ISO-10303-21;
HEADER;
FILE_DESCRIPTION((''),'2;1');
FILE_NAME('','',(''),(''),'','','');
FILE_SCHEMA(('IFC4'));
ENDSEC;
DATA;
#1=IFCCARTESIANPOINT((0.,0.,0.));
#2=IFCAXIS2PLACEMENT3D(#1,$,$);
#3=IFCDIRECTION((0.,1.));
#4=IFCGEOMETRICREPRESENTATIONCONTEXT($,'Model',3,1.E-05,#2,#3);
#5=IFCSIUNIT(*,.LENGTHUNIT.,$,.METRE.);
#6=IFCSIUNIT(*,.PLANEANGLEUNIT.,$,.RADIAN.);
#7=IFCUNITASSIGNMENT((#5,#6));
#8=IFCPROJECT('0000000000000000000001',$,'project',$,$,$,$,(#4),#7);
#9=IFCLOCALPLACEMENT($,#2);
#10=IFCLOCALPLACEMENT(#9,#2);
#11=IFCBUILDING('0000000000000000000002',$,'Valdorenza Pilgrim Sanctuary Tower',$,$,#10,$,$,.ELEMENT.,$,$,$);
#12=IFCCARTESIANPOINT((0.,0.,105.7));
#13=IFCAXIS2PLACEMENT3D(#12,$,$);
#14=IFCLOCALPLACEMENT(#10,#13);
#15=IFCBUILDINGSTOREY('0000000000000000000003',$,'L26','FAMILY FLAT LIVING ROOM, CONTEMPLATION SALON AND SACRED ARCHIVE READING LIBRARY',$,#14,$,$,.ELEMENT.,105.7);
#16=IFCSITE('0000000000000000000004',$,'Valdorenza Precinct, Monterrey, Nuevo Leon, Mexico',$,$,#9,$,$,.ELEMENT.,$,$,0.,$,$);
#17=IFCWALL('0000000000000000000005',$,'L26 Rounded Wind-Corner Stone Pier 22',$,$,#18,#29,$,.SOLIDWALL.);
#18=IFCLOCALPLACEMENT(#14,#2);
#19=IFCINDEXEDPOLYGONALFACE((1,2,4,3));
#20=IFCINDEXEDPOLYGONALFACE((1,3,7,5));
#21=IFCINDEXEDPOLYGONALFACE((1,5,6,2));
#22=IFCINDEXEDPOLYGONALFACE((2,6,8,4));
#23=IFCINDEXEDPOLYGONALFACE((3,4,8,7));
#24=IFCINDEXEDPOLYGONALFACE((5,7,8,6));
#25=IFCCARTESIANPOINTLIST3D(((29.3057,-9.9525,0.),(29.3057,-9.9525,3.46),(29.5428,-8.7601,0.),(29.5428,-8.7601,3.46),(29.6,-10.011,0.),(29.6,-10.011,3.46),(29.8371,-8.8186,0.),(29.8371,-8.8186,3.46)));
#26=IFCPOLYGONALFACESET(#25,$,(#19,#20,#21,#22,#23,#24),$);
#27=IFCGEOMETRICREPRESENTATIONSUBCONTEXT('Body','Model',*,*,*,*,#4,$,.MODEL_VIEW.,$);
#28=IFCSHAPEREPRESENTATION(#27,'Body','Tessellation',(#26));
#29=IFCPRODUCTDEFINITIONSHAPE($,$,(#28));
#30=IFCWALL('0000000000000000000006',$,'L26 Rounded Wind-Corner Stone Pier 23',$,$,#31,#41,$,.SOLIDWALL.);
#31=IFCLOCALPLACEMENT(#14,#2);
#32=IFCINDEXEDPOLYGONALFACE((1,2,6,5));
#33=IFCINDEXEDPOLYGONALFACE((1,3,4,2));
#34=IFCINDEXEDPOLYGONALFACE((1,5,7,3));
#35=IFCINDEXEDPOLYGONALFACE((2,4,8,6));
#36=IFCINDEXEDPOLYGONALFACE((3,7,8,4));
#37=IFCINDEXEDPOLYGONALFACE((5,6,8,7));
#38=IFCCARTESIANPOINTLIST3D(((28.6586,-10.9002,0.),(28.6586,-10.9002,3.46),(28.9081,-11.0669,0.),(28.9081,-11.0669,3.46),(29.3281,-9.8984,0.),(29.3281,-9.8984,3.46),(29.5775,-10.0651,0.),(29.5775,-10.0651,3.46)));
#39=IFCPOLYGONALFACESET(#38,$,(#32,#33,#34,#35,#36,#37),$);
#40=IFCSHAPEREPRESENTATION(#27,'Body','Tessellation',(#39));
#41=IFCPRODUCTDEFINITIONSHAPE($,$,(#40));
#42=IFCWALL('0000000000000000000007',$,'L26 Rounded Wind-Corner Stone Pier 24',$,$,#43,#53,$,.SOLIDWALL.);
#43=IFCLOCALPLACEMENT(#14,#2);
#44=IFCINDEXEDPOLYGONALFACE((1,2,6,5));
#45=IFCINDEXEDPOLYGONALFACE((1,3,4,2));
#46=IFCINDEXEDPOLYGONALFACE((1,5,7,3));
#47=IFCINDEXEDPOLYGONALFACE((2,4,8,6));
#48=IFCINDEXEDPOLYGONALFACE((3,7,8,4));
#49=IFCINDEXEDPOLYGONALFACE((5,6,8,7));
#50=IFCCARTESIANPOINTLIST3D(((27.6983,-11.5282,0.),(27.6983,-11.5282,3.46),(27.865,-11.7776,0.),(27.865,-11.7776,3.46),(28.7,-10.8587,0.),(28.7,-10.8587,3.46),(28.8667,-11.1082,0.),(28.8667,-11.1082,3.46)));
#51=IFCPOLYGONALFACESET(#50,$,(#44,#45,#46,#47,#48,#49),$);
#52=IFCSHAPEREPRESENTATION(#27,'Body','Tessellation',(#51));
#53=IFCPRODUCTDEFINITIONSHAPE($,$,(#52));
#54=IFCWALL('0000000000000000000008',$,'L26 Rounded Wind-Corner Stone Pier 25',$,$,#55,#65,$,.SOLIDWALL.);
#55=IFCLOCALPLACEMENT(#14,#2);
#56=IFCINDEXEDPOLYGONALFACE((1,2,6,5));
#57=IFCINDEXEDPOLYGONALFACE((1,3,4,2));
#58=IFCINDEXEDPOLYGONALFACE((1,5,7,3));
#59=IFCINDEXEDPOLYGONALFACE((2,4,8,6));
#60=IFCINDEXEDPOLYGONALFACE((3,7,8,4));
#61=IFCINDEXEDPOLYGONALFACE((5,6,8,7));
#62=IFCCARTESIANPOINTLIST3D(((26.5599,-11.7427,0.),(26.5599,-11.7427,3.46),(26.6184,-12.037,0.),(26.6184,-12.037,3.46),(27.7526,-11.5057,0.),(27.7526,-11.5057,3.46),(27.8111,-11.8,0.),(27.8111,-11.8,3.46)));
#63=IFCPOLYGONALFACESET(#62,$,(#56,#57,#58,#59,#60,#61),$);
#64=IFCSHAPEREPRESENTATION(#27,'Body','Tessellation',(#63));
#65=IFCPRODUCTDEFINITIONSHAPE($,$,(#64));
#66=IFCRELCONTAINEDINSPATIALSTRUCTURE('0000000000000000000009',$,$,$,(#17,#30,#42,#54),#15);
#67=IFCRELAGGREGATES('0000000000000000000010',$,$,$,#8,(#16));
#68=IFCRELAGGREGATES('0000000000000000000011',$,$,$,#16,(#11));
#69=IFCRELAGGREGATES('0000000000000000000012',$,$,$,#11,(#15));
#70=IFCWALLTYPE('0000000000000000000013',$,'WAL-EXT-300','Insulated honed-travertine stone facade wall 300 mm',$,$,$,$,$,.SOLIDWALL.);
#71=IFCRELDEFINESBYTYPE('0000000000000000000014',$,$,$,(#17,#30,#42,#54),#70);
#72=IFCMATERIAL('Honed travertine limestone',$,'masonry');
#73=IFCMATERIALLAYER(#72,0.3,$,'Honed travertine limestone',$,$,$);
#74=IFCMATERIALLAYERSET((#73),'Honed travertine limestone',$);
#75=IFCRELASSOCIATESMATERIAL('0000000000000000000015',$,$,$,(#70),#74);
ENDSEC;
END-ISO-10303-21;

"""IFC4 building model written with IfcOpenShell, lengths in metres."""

from ifc_helpers import new_model, si_unit, direction, frame, frame_2d, origin, place, context, subcontext, project, spatial, rectangle, extrude, material, layer, layer_set, type_object, element, save


model = new_model("IFC4")

# Units and contexts
model_context = context("Model", 3, precision=1e-05, world=origin(), true_north=direction((0.0, 1.0)))
body_context = subcontext(model_context, "Body", "Model", "MODEL_VIEW")
ifc_project = project(units=[si_unit("LENGTHUNIT", "METRE"), si_unit("PLANEANGLEUNIT", "RADIAN")], contexts=[model_context])

# Site, building, storey
site_placement = place(None, origin())
site = spatial("IfcSite", under=ifc_project, at=site_placement, Name="Valdorenza Precinct, Monterrey, Nuevo Leon, Mexico", CompositionType="ELEMENT", RefElevation=0.0)
building_placement = place(site_placement, origin())
building = spatial("IfcBuilding", under=site, at=building_placement, Name="Valdorenza Pilgrim Sanctuary Tower", CompositionType="ELEMENT")
storey_placement = place(building_placement, frame((0.0, 0.0, 105.7)))
storey = spatial("IfcBuildingStorey", under=building, at=storey_placement, Name="L26", Description="FAMILY FLAT LIVING ROOM, CONTEMPLATION SALON AND SACRED ARCHIVE READING LIBRARY", CompositionType="ELEMENT", Elevation=105.7)

# Walls
ifc_material_1 = material(Name="Honed travertine limestone", Category="masonry")
ifc_layer_1 = layer(ifc_material_1, 0.3, Name="Honed travertine limestone")
ifc_layer_set_1 = layer_set([ifc_layer_1], Name="Honed travertine limestone")
wall_type_1 = type_object("IfcWallType", Name="WAL-EXT-300", Description="Insulated honed-travertine stone facade wall 300 mm", PredefinedType="SOLIDWALL", material=ifc_layer_set_1)
wall_1_placement = place(storey_placement, frame((29.6899, -8.7893, 0.0), z_axis=(0.0, 0.0, 1.0), x_axis=(-0.194996, -0.980804, 0.0)))
element("IfcWall", 1, at=wall_1_placement, inside=storey, type_object=wall_type_1, Name="L26 Rounded Wind-Corner Stone Pier 22", PredefinedType="SOLIDWALL", context=body_context, shape_type="SweptSolid", body=[
    extrude(rectangle(XDim=1.2158, YDim=0.3, at=frame_2d((0.6079, 0.0))), origin(), (0.0, 0.0, 1.0), 3.46),
])
for number, where, z_axis, x_axis, name in (
    (2, (29.4529, -9.9817, 0.0), (0.0, 0.0, 1.0), (-0.555635, -0.831426, 0.0), "L26 Rounded Wind-Corner Stone Pier 23"),
    (3, (28.7834, -10.9834, 0.0), (0.0, 0.0, 1.0), (-0.831426, -0.555635, 0.0), "L26 Rounded Wind-Corner Stone Pier 24"),
):
    element("IfcWall", number, at=place(storey_placement, frame(where, z_axis=z_axis, x_axis=x_axis)), inside=storey, type_object=wall_type_1, Name=name, PredefinedType="SOLIDWALL", context=body_context, shape_type="SweptSolid", body=[
        extrude(rectangle(XDim=1.2048, YDim=0.3, at=frame_2d((0.6025, 0.0))), origin(), (0.0, 0.0, 1.0), 3.46),
    ])
wall_2_placement = place(storey_placement, frame((27.7817, -11.6528, 0.0), z_axis=(0.0, 0.0, 1.0), x_axis=(-0.980812, -0.194958, 0.0)))
element("IfcWall", 4, at=wall_2_placement, inside=storey, type_object=wall_type_1, Name="L26 Rounded Wind-Corner Stone Pier 25", PredefinedType="SOLIDWALL", context=body_context, shape_type="SweptSolid", body=[
    extrude(rectangle(XDim=1.2161, YDim=0.3, at=frame_2d((0.6079, 0.0))), origin(), (0.0, 0.0, 1.0), 3.46),
])

save(model, "model.ifc")
